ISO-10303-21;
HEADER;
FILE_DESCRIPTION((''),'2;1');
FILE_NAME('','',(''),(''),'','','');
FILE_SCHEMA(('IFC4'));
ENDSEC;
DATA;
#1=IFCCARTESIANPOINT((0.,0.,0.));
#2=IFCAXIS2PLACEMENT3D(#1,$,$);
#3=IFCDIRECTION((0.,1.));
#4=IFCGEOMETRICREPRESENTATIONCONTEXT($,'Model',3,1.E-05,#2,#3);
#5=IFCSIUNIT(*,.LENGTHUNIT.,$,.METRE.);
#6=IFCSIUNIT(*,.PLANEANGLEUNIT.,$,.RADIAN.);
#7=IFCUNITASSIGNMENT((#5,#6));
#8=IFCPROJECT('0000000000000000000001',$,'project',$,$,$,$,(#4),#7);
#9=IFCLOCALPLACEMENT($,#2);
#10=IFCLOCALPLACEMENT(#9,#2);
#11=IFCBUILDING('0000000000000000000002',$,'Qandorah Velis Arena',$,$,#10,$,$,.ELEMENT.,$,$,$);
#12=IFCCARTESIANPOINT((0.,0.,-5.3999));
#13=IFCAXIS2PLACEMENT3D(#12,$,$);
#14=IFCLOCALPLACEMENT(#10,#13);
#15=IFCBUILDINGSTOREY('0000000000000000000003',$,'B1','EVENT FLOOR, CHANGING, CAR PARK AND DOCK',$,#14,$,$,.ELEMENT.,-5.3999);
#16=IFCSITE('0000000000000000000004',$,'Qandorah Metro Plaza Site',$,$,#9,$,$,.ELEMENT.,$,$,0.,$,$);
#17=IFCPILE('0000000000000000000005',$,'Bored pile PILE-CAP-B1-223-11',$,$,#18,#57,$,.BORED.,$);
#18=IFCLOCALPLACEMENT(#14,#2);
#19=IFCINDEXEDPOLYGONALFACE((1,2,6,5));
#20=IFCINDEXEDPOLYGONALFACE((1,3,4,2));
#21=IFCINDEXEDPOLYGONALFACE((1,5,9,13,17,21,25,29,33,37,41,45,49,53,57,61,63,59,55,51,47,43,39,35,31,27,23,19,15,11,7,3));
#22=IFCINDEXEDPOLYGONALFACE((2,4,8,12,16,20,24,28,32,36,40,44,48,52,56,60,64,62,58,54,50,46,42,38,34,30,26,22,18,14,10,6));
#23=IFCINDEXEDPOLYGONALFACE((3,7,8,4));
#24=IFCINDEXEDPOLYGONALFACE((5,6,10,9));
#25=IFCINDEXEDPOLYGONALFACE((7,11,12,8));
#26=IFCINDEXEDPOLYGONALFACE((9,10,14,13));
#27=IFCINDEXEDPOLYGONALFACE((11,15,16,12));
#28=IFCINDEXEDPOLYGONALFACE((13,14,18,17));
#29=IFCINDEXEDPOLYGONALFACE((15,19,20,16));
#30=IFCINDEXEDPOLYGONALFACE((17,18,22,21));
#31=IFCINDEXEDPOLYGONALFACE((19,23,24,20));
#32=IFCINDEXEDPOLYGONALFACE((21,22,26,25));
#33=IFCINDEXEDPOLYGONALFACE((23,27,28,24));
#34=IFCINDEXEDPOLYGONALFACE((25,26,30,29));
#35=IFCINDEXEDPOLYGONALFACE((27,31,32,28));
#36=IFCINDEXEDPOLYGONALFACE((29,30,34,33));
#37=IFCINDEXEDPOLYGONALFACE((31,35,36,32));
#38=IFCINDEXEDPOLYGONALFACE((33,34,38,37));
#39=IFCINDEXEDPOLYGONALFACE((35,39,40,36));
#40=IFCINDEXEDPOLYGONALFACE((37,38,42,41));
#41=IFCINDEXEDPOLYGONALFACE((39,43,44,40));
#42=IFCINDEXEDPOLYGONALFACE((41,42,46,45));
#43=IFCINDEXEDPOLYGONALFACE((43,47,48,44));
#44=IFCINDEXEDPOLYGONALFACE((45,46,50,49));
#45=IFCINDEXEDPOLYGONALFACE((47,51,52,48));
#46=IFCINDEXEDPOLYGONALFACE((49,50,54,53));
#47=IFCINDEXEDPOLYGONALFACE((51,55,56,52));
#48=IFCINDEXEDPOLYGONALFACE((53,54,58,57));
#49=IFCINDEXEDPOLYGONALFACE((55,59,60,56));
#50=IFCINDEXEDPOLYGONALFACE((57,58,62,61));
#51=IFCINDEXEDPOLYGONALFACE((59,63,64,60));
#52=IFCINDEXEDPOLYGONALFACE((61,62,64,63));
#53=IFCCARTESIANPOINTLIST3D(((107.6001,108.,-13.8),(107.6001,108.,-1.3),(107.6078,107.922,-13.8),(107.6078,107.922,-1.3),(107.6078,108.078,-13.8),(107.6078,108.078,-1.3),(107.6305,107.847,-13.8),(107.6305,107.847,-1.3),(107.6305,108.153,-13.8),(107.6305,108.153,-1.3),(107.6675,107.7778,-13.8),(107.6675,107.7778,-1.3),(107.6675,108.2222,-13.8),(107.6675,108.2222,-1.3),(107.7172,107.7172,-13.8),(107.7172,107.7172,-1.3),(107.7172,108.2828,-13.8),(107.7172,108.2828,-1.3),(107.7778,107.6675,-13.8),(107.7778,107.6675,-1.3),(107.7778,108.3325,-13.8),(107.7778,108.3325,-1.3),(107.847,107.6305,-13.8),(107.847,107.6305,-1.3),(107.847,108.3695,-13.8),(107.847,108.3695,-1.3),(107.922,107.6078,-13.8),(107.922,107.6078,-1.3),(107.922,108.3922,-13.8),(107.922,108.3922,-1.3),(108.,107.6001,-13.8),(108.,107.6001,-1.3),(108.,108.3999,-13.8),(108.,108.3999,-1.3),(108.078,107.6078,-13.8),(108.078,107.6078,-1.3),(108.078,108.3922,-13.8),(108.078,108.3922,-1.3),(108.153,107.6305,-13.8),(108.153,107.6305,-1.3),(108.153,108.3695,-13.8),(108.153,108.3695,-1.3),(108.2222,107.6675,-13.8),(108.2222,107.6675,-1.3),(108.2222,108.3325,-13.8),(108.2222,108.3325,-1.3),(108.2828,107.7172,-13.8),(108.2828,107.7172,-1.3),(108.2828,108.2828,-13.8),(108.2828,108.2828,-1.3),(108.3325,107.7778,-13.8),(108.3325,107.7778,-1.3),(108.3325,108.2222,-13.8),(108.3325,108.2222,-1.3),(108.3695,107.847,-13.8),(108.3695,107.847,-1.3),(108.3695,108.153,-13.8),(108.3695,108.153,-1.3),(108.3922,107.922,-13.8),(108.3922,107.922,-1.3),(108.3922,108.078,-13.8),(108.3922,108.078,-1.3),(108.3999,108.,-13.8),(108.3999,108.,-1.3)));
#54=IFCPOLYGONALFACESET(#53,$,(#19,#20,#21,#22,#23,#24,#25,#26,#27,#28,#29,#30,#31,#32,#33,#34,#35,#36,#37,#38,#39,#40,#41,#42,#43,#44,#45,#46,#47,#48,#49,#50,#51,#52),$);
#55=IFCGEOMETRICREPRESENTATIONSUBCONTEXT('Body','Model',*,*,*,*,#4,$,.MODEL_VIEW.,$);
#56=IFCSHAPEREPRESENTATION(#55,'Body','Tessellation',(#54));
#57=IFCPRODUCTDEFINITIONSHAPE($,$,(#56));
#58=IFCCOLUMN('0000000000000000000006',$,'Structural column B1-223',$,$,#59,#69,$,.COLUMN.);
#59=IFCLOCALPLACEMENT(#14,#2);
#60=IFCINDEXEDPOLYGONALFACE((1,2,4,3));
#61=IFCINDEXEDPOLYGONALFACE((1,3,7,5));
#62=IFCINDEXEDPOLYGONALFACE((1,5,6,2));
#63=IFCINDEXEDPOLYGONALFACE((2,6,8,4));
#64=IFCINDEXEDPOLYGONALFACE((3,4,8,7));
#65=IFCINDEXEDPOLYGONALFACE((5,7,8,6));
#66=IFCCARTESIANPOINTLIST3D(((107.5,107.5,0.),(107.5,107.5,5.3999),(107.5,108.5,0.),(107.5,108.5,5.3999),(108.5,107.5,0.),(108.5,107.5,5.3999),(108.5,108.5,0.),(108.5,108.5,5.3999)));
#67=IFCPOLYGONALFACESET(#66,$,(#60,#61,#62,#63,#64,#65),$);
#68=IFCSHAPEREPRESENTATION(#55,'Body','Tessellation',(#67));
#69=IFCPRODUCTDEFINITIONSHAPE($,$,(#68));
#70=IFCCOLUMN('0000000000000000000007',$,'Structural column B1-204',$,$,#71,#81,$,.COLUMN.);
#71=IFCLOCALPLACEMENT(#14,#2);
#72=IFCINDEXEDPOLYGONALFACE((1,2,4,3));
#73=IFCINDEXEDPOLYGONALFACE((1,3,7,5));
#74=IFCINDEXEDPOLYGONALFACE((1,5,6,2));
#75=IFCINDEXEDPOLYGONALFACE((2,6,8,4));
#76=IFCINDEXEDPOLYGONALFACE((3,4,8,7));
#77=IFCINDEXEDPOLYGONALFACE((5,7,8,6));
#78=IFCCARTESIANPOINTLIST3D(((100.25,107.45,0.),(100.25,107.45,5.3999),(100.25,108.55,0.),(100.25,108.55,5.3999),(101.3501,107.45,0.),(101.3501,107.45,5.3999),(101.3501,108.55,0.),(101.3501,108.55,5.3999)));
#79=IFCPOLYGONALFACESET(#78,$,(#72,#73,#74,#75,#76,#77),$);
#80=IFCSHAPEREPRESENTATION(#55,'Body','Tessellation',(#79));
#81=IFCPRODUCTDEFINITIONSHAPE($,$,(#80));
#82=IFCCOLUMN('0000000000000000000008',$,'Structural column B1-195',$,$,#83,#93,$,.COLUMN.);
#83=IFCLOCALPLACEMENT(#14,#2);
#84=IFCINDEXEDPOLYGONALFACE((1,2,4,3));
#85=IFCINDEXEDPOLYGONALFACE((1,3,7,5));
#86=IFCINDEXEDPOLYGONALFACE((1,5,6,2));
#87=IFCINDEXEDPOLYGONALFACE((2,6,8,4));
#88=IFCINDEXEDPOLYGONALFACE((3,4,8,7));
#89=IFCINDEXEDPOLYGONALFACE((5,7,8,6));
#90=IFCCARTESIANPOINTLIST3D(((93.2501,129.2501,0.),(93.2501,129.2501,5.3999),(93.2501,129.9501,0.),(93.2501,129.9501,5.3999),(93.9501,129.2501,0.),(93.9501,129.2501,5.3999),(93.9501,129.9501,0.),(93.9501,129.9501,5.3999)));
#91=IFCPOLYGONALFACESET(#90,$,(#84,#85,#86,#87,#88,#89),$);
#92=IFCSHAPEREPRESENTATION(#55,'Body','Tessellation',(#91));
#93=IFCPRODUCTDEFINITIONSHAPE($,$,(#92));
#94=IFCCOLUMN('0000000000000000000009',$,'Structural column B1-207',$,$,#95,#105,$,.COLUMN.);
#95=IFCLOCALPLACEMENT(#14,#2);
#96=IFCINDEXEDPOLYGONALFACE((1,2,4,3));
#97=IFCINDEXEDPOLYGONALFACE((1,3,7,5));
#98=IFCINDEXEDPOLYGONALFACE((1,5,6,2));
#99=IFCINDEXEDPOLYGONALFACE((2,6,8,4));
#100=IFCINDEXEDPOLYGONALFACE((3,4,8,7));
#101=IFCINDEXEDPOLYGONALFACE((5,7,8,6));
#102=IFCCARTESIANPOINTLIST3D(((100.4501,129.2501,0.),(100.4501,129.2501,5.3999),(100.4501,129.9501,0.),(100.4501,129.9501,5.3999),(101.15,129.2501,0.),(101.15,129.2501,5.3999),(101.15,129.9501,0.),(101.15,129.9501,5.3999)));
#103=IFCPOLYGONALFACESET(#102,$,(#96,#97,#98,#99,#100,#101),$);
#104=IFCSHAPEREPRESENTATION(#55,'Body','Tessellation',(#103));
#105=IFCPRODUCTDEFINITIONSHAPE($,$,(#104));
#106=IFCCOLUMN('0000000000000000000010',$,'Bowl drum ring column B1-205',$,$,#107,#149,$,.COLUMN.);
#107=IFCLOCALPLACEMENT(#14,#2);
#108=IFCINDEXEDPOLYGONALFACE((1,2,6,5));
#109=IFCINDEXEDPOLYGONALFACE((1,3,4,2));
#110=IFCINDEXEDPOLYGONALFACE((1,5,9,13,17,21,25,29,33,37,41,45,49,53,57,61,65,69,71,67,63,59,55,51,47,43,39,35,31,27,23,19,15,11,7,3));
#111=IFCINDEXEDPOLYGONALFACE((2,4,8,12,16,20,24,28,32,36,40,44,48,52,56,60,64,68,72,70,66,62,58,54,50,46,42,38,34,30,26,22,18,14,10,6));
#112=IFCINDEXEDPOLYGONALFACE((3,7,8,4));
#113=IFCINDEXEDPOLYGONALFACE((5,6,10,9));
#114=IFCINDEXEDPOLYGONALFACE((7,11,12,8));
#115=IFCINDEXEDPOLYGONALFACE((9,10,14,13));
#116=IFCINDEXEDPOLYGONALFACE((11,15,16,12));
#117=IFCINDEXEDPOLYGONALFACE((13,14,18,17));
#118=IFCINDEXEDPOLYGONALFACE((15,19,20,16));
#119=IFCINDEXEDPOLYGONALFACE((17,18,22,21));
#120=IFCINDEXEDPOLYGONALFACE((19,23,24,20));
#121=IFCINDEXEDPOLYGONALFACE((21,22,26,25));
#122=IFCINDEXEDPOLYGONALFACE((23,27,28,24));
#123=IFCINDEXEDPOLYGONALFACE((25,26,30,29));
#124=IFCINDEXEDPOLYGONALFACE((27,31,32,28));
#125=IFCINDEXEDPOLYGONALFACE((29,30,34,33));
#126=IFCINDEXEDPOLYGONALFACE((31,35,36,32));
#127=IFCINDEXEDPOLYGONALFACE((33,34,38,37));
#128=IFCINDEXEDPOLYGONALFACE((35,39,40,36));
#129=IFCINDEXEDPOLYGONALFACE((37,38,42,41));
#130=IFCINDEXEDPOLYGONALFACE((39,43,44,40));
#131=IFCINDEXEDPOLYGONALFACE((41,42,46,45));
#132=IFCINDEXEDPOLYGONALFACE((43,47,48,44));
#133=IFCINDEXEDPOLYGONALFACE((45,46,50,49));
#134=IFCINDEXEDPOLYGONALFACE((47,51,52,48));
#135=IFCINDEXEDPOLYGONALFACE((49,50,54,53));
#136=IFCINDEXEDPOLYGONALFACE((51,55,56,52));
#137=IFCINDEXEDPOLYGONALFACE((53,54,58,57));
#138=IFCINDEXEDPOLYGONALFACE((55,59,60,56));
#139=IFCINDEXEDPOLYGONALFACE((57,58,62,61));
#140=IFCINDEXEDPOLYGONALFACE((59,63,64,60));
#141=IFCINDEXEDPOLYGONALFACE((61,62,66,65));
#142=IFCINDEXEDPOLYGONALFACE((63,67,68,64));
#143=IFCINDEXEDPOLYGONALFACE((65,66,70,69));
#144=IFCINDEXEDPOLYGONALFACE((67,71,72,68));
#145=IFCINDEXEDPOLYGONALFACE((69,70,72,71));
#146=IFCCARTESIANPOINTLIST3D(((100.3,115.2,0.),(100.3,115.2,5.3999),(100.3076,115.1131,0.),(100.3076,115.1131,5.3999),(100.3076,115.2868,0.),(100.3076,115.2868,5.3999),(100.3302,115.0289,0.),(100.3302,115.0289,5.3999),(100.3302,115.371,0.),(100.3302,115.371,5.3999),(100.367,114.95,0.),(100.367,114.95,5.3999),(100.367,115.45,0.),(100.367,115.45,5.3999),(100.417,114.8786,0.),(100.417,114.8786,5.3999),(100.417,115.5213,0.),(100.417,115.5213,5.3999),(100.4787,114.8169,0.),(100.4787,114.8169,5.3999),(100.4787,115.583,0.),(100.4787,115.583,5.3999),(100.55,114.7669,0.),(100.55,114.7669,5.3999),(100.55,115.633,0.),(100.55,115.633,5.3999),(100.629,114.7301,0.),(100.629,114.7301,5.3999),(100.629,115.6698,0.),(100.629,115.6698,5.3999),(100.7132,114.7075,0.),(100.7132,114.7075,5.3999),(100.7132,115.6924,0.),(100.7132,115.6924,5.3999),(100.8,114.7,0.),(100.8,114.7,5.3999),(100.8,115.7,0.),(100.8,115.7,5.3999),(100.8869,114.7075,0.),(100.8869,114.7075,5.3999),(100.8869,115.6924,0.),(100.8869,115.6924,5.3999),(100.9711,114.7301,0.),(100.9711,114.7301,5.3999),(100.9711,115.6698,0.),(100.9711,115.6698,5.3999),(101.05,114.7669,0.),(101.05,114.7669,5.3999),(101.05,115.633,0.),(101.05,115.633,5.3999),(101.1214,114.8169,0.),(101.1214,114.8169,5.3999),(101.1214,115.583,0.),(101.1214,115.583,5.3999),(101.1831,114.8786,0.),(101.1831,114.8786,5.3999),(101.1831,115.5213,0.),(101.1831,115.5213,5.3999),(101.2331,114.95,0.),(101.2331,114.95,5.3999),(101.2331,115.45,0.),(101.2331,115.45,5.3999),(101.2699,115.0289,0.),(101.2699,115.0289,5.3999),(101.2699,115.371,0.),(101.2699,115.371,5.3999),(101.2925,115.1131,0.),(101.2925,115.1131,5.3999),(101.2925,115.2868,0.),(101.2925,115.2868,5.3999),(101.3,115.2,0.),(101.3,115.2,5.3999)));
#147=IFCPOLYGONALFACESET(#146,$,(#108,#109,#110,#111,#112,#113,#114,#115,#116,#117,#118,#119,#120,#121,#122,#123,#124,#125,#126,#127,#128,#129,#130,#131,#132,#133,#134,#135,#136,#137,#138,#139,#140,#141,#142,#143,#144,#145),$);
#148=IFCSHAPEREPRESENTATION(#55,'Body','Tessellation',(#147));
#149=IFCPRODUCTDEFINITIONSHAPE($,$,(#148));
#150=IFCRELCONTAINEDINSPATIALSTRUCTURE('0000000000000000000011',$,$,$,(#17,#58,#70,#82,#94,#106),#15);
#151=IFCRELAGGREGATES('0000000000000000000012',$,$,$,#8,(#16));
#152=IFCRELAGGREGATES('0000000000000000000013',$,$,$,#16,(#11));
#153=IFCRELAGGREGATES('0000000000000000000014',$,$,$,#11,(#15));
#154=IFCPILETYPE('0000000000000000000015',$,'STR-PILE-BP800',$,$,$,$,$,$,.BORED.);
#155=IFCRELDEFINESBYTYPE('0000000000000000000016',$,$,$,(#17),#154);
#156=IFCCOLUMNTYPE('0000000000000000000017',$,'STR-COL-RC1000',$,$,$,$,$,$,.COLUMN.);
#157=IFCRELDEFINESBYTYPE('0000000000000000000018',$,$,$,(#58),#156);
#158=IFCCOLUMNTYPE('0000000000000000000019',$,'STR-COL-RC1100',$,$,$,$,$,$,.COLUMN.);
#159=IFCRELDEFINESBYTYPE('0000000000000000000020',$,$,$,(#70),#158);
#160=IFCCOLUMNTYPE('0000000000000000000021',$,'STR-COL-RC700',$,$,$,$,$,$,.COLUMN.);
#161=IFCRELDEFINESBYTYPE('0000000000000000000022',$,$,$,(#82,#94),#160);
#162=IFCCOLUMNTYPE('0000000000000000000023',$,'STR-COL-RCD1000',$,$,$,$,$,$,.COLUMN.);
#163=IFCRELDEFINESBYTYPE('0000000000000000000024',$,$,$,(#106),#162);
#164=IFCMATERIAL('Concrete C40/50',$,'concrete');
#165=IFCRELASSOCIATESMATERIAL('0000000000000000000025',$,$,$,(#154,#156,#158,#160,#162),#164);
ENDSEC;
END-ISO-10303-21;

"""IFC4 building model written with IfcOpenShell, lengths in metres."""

from ifc_helpers import new_model, si_unit, direction, frame, origin, origin_2d, place, context, subcontext, project, spatial, rectangle, circle, extrude, material, material_profile, profile_set, type_object, element, save


model = new_model("IFC4")

# Units and contexts
model_context = context("Model", 3, precision=1e-05, world=origin(), true_north=direction((0.0, 1.0)))
body_context = subcontext(model_context, "Body", "Model", "MODEL_VIEW")
ifc_project = project(units=[si_unit("LENGTHUNIT", "METRE"), si_unit("PLANEANGLEUNIT", "RADIAN")], contexts=[model_context])

# Site, building, storey
site_placement = place(None, origin())
site = spatial("IfcSite", under=ifc_project, at=site_placement, Name="Qandorah Metro Plaza Site", CompositionType="ELEMENT", RefElevation=0.0)
building_placement = place(site_placement, origin())
building = spatial("IfcBuilding", under=site, at=building_placement, Name="Qandorah Velis Arena", CompositionType="ELEMENT")
storey_placement = place(building_placement, frame((0.0, 0.0, -5.3999)))
storey = spatial("IfcBuildingStorey", under=building, at=storey_placement, Name="B1", Description="EVENT FLOOR, CHANGING, CAR PARK AND DOCK", CompositionType="ELEMENT", Elevation=-5.3999)

# Shared definitions
ifc_material_1 = material(Name="Concrete C40/50", Category="concrete")

# Pile
ifc_material_profile_1 = material_profile(ifc_material_1, circle(Radius=0.3999, at=origin_2d()), Name="BORED PILE D800")
ifc_profile_set_1 = profile_set([ifc_material_profile_1], Name="Concrete C40/50")
pile_type_1 = type_object("IfcPileType", Name="STR-PILE-BP800", PredefinedType="BORED", material=ifc_profile_set_1)
pile_1_placement = place(storey_placement, frame((108.0, 108.0, -1.3), z_axis=(0.0, 0.0, -1.0), x_axis=(1.0, 0.0, 0.0)))
element("IfcPile", 1, at=pile_1_placement, inside=storey, type_object=pile_type_1, Name="Bored pile PILE-CAP-B1-223-11", PredefinedType="BORED", context=body_context, shape_type="SweptSolid", body=[
    extrude(circle(Radius=0.3999, at=origin_2d()), origin(), (0.0, 0.0, 1.0), 12.5),
])

# Columns
ifc_material_profile_2 = material_profile(ifc_material_1, rectangle(XDim=1.0, YDim=1.0, at=origin_2d()), Name="RC COL 1000x1000")
ifc_profile_set_2 = profile_set([ifc_material_profile_2], Name="Concrete C40/50")
column_type_1 = type_object("IfcColumnType", Name="STR-COL-RC1000", PredefinedType="COLUMN", material=ifc_profile_set_2)
column_1_placement = place(storey_placement, frame((108.0, 108.0, 0.0), z_axis=(0.0, 0.0, 1.0), x_axis=(1.0, 0.0, 0.0)))
element("IfcColumn", 2, at=column_1_placement, inside=storey, type_object=column_type_1, Name="Structural column B1-223", PredefinedType="COLUMN", context=body_context, shape_type="SweptSolid", body=[
    extrude(rectangle(XDim=1.0, YDim=1.0, at=origin_2d()), origin(), (0.0, 0.0, 1.0), 5.3999),
])
ifc_material_profile_3 = material_profile(ifc_material_1, rectangle(XDim=1.1001, YDim=1.1001, at=origin_2d()), Name="RC COL 1100x1100")
ifc_profile_set_3 = profile_set([ifc_material_profile_3], Name="Concrete C40/50")
column_type_2 = type_object("IfcColumnType", Name="STR-COL-RC1100", PredefinedType="COLUMN", material=ifc_profile_set_3)
column_2_placement = place(storey_placement, frame((100.8, 108.0, 0.0), z_axis=(0.0, 0.0, 1.0), x_axis=(1.0, 0.0, 0.0)))
element("IfcColumn", 3, at=column_2_placement, inside=storey, type_object=column_type_2, Name="Structural column B1-204", PredefinedType="COLUMN", context=body_context, shape_type="SweptSolid", body=[
    extrude(rectangle(XDim=1.1001, YDim=1.1001, at=origin_2d()), origin(), (0.0, 0.0, 1.0), 5.3999),
])
ifc_material_profile_4 = material_profile(ifc_material_1, rectangle(XDim=0.7, YDim=0.7, at=origin_2d()), Name="RC COL 700x700")
ifc_profile_set_4 = profile_set([ifc_material_profile_4], Name="Concrete C40/50")
column_type_3 = type_object("IfcColumnType", Name="STR-COL-RC700", PredefinedType="COLUMN", material=ifc_profile_set_4)
for number, where, z_axis, x_axis, name in (
    (4, (93.6001, 129.6001, 0.0), (0.0, 0.0, 1.0), (1.0, 0.0, 0.0), "Structural column B1-195"),
    (5, (100.8, 129.6001, 0.0), (0.0, 0.0, 1.0), (1.0, 0.0, 0.0), "Structural column B1-207"),
):
    element("IfcColumn", number, at=place(storey_placement, frame(where, z_axis=z_axis, x_axis=x_axis)), inside=storey, type_object=column_type_3, Name=name, PredefinedType="COLUMN", context=body_context, shape_type="SweptSolid", body=[
        extrude(rectangle(XDim=0.7, YDim=0.7, at=origin_2d()), origin(), (0.0, 0.0, 1.0), 5.3999),
    ])
ifc_material_profile_5 = material_profile(ifc_material_1, circle(Radius=0.5, at=origin_2d()), Name="RC D1000")
ifc_profile_set_5 = profile_set([ifc_material_profile_5], Name="Concrete C40/50")
column_type_4 = type_object("IfcColumnType", Name="STR-COL-RCD1000", PredefinedType="COLUMN", material=ifc_profile_set_5)
column_3_placement = place(storey_placement, frame((100.8, 115.2, 0.0), z_axis=(0.0, 0.0, 1.0), x_axis=(1.0, 0.0, 0.0)))
element("IfcColumn", 6, at=column_3_placement, inside=storey, type_object=column_type_4, Name="Bowl drum ring column B1-205", PredefinedType="COLUMN", context=body_context, shape_type="SweptSolid", body=[
    extrude(circle(Radius=0.5, at=origin_2d()), origin(), (0.0, 0.0, 1.0), 5.3999),
])

save(model, "model.ifc")
